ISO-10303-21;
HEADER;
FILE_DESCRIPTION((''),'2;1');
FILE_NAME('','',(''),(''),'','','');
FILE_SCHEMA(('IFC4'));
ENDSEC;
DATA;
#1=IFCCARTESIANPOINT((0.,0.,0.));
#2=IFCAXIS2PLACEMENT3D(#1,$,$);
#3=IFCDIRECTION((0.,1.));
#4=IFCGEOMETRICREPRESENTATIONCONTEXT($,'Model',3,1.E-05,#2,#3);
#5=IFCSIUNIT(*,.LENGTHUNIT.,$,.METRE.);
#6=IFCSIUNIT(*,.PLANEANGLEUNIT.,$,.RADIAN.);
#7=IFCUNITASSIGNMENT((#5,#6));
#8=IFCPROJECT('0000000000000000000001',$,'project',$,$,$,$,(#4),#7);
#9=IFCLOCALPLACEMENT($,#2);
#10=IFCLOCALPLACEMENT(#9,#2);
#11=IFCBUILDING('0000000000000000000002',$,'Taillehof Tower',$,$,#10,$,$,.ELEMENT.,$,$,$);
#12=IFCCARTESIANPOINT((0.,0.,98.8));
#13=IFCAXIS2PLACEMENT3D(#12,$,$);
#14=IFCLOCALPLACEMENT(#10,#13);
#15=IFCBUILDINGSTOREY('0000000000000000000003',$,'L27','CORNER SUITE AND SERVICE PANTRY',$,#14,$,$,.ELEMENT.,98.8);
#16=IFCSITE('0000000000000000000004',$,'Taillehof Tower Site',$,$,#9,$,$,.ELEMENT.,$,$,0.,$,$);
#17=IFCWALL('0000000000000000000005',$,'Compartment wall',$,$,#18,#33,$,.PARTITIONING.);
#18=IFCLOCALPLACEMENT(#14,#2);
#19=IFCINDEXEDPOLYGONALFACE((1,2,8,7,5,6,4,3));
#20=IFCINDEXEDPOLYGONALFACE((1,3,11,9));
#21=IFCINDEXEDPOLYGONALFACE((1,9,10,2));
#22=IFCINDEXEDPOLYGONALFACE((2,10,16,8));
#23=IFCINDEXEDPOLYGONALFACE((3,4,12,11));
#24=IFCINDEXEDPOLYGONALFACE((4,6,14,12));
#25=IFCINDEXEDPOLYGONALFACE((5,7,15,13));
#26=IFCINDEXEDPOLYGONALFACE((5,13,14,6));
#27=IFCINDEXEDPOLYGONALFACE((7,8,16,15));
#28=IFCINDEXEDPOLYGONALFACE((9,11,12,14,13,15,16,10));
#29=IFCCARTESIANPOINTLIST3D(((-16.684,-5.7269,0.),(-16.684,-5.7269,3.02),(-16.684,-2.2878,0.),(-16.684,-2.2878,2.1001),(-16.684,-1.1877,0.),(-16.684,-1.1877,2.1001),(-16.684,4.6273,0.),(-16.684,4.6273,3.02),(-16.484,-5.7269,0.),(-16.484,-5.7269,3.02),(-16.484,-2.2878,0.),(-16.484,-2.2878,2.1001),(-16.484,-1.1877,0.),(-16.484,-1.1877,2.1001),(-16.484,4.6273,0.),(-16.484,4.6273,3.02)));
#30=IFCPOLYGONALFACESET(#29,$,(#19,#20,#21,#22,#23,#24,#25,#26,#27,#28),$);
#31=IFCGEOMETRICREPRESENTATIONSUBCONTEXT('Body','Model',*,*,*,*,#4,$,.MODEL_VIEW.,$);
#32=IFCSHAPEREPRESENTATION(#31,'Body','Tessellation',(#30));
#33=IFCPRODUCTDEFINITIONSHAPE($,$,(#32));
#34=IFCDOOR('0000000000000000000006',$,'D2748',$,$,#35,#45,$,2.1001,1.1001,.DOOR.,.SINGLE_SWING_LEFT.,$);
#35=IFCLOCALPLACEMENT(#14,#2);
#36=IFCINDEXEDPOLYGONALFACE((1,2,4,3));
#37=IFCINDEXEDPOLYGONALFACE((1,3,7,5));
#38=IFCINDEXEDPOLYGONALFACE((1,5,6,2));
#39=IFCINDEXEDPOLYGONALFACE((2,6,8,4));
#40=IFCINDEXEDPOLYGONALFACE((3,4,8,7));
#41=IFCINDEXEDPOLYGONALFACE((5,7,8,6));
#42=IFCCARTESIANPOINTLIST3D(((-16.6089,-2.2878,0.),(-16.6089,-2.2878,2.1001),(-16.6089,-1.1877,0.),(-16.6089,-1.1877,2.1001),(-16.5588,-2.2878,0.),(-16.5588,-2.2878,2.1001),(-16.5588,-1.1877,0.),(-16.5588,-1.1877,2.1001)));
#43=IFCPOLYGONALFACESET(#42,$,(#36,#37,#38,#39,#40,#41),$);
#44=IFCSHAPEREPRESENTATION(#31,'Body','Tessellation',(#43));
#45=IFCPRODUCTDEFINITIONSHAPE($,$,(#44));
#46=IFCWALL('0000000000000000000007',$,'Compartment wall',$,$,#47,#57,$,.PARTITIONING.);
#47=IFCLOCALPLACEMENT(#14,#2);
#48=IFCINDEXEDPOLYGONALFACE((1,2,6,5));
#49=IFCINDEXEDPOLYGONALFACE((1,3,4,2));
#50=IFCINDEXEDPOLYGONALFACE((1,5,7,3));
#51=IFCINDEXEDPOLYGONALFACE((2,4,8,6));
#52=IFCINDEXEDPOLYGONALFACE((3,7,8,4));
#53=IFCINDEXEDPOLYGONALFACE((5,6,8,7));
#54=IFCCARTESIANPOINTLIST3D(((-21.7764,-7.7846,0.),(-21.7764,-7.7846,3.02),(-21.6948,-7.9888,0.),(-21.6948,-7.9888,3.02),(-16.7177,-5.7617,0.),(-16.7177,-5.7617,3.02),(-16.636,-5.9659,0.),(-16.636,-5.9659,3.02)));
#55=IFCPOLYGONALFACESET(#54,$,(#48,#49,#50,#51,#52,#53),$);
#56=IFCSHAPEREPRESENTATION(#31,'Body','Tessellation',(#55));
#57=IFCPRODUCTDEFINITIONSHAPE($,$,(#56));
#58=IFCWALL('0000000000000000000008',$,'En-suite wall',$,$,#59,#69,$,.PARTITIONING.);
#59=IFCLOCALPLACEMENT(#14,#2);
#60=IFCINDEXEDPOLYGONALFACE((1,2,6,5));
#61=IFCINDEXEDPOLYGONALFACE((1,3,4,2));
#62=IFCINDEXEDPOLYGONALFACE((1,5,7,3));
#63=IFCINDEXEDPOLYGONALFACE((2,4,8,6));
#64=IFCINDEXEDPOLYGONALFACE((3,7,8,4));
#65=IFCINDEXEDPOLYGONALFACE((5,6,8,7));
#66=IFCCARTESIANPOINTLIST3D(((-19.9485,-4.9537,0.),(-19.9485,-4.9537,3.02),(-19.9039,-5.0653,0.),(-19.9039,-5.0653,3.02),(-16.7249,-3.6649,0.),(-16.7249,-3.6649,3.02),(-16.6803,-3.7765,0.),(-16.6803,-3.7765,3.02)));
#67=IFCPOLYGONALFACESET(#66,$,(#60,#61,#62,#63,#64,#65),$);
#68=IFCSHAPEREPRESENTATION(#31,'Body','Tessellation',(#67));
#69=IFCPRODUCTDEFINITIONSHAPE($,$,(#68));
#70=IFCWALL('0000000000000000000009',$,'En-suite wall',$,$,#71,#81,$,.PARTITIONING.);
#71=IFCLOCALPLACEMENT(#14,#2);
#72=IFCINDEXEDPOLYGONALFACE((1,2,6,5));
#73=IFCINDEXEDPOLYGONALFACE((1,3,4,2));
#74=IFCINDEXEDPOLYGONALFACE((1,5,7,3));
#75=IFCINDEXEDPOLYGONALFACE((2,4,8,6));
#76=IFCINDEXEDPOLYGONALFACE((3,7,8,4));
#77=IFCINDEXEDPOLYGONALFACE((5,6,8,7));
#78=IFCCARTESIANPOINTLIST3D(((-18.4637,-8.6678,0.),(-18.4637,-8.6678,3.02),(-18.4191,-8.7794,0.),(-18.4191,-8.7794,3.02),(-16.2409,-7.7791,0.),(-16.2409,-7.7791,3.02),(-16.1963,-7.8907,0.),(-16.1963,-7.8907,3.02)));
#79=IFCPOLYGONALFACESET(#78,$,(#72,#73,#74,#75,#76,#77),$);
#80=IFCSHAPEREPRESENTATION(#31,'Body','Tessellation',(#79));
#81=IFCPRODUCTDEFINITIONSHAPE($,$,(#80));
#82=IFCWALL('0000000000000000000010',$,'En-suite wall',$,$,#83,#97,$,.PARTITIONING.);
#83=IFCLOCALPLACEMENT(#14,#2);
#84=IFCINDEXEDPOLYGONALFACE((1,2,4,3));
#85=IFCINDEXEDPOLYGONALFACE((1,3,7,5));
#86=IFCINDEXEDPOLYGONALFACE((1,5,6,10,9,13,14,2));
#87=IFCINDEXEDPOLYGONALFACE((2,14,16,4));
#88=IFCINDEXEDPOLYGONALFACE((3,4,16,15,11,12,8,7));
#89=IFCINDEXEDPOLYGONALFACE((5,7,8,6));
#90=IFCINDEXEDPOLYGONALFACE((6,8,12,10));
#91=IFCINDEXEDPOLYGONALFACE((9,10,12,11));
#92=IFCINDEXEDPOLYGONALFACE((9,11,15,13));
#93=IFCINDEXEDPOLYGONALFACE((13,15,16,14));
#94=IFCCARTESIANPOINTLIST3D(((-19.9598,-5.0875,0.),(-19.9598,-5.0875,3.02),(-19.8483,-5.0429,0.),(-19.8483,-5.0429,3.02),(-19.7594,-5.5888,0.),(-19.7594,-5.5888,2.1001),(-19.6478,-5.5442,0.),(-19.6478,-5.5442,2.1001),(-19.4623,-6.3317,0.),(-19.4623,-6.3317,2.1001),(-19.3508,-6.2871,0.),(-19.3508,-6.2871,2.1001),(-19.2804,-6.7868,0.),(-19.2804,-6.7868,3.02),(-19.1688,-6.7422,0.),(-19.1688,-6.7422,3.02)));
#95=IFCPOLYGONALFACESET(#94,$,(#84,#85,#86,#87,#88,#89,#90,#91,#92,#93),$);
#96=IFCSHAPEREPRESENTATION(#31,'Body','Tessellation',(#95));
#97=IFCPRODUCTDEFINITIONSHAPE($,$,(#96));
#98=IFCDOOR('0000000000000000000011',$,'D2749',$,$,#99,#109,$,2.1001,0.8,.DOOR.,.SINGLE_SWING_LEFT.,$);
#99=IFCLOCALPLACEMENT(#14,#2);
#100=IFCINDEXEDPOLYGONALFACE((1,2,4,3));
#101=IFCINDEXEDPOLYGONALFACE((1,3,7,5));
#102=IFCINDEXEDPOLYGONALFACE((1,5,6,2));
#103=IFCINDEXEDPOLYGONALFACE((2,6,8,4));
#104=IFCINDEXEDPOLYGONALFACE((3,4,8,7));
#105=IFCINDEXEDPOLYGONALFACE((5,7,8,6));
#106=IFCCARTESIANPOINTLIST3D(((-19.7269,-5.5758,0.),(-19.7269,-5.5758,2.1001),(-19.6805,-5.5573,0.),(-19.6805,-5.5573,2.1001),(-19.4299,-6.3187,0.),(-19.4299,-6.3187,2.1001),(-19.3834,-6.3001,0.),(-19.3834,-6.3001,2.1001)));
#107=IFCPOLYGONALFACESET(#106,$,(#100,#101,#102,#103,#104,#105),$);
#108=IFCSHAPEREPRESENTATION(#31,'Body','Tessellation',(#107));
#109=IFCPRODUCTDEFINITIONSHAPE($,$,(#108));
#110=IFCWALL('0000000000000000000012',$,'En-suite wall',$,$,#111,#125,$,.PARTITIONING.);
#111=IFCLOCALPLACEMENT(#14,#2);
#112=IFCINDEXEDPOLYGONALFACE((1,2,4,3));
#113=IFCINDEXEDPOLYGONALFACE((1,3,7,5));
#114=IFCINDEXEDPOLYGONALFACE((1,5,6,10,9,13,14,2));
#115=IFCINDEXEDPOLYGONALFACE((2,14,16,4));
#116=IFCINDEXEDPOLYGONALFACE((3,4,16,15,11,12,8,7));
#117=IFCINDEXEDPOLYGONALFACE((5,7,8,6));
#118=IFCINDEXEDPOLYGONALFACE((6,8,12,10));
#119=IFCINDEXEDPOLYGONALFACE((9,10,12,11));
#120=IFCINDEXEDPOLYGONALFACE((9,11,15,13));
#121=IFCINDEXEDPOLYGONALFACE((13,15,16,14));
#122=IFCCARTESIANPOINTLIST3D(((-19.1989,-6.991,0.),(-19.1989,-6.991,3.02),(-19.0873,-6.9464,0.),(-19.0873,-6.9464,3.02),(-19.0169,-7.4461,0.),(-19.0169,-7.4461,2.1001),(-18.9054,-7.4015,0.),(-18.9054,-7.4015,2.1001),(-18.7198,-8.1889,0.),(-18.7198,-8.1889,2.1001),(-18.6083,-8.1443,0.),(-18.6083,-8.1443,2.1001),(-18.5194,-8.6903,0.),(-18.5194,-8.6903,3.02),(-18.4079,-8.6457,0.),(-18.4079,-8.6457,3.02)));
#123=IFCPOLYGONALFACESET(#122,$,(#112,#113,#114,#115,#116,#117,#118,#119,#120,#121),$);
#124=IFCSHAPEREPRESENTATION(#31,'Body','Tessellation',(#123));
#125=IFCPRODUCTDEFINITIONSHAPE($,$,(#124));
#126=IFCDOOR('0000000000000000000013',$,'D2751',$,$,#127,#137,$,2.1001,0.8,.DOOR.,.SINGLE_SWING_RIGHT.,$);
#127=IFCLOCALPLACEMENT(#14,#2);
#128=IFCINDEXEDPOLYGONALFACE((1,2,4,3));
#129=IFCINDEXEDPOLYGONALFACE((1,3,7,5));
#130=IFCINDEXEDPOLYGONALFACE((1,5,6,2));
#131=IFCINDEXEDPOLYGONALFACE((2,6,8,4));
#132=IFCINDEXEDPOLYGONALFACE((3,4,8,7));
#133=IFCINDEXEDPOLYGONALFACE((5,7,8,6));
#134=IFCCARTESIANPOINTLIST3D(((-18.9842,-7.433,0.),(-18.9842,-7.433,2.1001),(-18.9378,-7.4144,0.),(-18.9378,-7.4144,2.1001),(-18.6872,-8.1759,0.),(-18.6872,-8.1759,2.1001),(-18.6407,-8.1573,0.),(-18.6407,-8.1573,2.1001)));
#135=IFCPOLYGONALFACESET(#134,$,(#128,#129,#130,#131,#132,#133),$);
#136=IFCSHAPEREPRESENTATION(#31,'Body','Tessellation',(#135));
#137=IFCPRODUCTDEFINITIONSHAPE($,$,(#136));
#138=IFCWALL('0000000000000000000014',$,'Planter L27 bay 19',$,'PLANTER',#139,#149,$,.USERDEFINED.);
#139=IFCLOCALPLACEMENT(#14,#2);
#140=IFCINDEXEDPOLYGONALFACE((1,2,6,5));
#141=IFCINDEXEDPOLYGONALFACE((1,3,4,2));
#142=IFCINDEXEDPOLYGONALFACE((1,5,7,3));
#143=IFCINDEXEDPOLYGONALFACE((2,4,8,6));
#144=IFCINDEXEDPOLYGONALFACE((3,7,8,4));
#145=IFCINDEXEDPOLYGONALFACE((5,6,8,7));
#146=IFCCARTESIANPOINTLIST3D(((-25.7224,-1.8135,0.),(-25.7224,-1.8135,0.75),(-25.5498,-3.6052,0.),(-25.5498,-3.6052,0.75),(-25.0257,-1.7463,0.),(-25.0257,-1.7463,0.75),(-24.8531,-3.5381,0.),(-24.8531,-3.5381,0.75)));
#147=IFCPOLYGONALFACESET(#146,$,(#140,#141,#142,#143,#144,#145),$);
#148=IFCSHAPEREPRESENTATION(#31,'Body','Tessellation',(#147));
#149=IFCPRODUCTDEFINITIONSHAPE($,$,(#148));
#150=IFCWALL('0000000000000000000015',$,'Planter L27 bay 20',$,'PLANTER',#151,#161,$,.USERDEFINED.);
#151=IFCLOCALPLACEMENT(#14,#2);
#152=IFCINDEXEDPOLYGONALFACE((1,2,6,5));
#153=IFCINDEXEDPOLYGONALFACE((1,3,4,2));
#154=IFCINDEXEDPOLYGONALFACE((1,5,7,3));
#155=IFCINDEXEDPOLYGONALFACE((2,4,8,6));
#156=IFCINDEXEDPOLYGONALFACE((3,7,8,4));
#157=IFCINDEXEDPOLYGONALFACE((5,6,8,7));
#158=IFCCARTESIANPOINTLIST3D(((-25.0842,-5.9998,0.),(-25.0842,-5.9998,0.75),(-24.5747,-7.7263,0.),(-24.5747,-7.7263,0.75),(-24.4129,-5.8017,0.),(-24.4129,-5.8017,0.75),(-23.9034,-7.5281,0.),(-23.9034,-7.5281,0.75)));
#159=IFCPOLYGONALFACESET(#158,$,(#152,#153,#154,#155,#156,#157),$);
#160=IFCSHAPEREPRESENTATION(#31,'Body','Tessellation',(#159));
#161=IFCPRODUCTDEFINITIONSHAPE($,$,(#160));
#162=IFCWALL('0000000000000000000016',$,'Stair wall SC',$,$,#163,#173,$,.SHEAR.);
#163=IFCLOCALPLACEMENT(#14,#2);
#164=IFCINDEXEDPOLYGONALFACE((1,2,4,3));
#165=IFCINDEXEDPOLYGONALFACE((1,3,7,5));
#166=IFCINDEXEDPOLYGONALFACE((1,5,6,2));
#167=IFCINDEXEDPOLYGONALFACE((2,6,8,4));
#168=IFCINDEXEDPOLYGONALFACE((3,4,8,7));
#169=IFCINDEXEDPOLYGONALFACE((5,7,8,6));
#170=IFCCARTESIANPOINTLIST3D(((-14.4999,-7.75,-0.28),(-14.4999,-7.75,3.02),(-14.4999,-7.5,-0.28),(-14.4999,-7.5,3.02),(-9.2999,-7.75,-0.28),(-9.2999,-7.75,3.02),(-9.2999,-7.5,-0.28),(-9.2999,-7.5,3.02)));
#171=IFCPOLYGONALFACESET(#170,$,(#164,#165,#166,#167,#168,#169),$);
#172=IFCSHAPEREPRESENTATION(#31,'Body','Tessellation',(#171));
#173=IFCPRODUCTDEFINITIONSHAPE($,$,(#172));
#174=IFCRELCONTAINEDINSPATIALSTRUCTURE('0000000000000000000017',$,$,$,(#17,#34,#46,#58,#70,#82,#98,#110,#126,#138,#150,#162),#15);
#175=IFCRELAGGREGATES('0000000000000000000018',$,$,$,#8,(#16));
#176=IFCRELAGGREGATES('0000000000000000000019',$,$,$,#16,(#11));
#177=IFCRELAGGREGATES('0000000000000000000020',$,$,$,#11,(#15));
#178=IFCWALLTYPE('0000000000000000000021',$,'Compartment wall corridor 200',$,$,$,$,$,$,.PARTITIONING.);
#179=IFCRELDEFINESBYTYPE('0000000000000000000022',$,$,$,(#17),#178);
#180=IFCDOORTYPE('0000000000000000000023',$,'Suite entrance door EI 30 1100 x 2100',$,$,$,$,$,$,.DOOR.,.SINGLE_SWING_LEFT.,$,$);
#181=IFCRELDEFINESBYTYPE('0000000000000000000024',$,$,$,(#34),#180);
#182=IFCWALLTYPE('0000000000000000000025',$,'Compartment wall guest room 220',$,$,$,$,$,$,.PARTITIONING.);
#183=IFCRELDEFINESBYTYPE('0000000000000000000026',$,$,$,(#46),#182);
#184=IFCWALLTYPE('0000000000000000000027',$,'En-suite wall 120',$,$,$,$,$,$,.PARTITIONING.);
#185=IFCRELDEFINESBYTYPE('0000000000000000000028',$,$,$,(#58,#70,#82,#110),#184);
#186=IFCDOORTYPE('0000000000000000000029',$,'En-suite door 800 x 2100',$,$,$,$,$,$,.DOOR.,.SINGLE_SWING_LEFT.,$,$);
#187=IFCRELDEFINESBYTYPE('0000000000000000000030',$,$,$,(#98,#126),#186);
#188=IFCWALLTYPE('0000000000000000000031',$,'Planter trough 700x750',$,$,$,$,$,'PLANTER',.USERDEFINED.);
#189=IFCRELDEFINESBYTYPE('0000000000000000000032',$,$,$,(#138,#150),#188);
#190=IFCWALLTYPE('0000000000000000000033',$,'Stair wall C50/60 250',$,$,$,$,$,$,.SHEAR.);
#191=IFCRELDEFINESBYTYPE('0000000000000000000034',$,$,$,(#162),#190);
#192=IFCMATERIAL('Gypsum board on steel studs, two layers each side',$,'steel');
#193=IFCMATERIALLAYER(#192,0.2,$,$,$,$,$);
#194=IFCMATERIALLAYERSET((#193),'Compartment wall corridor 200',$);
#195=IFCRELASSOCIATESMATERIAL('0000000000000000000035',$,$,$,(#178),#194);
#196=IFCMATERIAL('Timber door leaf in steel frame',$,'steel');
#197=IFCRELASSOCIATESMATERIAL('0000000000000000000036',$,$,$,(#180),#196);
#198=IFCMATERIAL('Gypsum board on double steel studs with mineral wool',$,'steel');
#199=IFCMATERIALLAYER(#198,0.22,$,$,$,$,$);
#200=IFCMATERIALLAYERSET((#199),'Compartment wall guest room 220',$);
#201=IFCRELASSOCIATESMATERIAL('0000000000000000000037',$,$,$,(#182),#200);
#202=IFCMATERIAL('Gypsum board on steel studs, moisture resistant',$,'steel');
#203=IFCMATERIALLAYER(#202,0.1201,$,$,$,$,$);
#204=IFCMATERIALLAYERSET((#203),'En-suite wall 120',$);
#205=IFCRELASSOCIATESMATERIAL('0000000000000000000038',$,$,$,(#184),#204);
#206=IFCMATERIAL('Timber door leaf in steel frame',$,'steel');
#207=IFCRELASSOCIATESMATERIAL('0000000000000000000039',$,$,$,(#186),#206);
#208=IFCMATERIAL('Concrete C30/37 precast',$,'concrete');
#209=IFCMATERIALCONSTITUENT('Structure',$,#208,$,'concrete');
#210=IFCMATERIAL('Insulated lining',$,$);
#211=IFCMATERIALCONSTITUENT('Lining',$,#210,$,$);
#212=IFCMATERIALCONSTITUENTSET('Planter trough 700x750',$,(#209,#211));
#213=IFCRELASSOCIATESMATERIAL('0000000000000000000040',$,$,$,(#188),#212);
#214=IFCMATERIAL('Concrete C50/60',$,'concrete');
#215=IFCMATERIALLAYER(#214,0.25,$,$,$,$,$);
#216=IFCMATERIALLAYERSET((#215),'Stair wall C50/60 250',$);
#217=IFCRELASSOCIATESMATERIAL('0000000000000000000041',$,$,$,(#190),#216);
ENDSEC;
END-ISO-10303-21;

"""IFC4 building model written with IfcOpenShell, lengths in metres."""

from ifc_helpers import new_model, si_unit, direction, frame, frame_2d, origin, place, context, subcontext, project, spatial, rectangle, extrude, material, layer, layer_set, constituent, constituent_set, type_object, element, fill, save


model = new_model("IFC4")

# Units and contexts
model_context = context("Model", 3, precision=1e-05, world=origin(), true_north=direction((0.0, 1.0)))
body_context = subcontext(model_context, "Body", "Model", "MODEL_VIEW")
ifc_project = project(units=[si_unit("LENGTHUNIT", "METRE"), si_unit("PLANEANGLEUNIT", "RADIAN")], contexts=[model_context])

# Site, building, storey
site_placement = place(None, origin())
site = spatial("IfcSite", under=ifc_project, at=site_placement, Name="Taillehof Tower Site", CompositionType="ELEMENT", RefElevation=0.0)
building_placement = place(site_placement, origin())
building = spatial("IfcBuilding", under=site, at=building_placement, Name="Taillehof Tower", CompositionType="ELEMENT")
storey_placement = place(building_placement, frame((0.0, 0.0, 98.8)))
storey = spatial("IfcBuildingStorey", under=building, at=storey_placement, Name="L27", Description="CORNER SUITE AND SERVICE PANTRY", CompositionType="ELEMENT", Elevation=98.8)

# Shared definitions
ifc_material_1 = material(Name="Gypsum board on steel studs, two layers each side", Category="steel")
ifc_layer_1 = layer(ifc_material_1, 0.2)
ifc_layer_set_1 = layer_set([ifc_layer_1], Name="Compartment wall corridor 200")
wall_type_1 = type_object("IfcWallType", Name="Compartment wall corridor 200", PredefinedType="PARTITIONING", material=ifc_layer_set_1)

# Wall, opening, door
wall_1_placement = place(storey_placement, frame((-16.584, -5.7271, 0.0), z_axis=(0.0, 0.0, 1.0), x_axis=(0.0, 1.0, 0.0)))
wall_1 = element("IfcWall", 1, at=wall_1_placement, inside=storey, type_object=wall_type_1, Name="Compartment wall", PredefinedType="PARTITIONING", context=body_context, shape_type="SweptSolid", body=[
    extrude(rectangle(XDim=10.3542, YDim=0.2, at=frame_2d((5.1772, 0.0))), origin(), (0.0, 0.0, 1.0), 3.02),
])
opening_1_placement = place(wall_1_placement, frame((3.4392, 0.0, 0.0)))
opening_1 = element("IfcOpeningElement", 2, at=opening_1_placement, cuts=wall_1, PredefinedType="OPENING", context=body_context, shape_type="SweptSolid", body=[
    extrude(rectangle(XDim=1.1001, YDim=2.1001, at=frame_2d((0.55, 1.05))), frame((0.0, 0.1099, 0.0), z_axis=(0.0, -1.0, 0.0), x_axis=(1.0, 0.0, 0.0)), (0.0, 0.0, 1.0), 0.22),
])
ifc_material_2 = material(Name="Timber door leaf in steel frame", Category="steel")
door_type_1 = type_object("IfcDoorType", Name="Suite entrance door EI 30 1100 x 2100", OperationType="SINGLE_SWING_LEFT", PredefinedType="DOOR", material=ifc_material_2)
door_1_placement = place(opening_1_placement, origin())
door_1 = element("IfcDoor", 3, at=door_1_placement, inside=storey, type_object=door_type_1, Name="D2748", OperationType="SINGLE_SWING_LEFT", OverallHeight=2.1001, OverallWidth=1.1001, PredefinedType="DOOR", context=body_context, shape_type="SweptSolid", body=[
    extrude(rectangle(XDim=1.1001, YDim=2.1001, at=frame_2d((0.55, 1.05))), frame((0.0, 0.0249, 0.0), z_axis=(0.0, -1.0, 0.0), x_axis=(1.0, 0.0, 0.0)), (0.0, 0.0, 1.0), 0.05),
])
fill(opening_1, door_1)

# Walls
ifc_material_3 = material(Name="Gypsum board on double steel studs with mineral wool", Category="steel")
ifc_layer_2 = layer(ifc_material_3, 0.22)
ifc_layer_set_2 = layer_set([ifc_layer_2], Name="Compartment wall guest room 220")
wall_type_2 = type_object("IfcWallType", Name="Compartment wall guest room 220", PredefinedType="PARTITIONING", material=ifc_layer_set_2)
wall_2_placement = place(storey_placement, frame((-21.7356, -7.8867, 0.0), z_axis=(0.0, 0.0, 1.0), x_axis=(0.928514, 0.371298, 0.0)))
element("IfcWall", 4, at=wall_2_placement, inside=storey, type_object=wall_type_2, Name="Compartment wall", PredefinedType="PARTITIONING", context=body_context, shape_type="SweptSolid", body=[
    extrude(rectangle(XDim=5.4482, YDim=0.22, at=frame_2d((2.7241, 0.0))), origin(), (0.0, 0.0, 1.0), 3.02),
])
ifc_material_4 = material(Name="Gypsum board on steel studs, moisture resistant", Category="steel")
ifc_layer_3 = layer(ifc_material_4, 0.1201)
ifc_layer_set_3 = layer_set([ifc_layer_3], Name="En-suite wall 120")
wall_type_3 = type_object("IfcWallType", Name="En-suite wall 120", PredefinedType="PARTITIONING", material=ifc_layer_set_3)
wall_3_placement = place(storey_placement, frame((-16.7026, -3.7207, 0.0), z_axis=(0.0, 0.0, 1.0), x_axis=(-0.92854, -0.371233, 0.0)))
element("IfcWall", 5, at=wall_3_placement, inside=storey, type_object=wall_type_3, Name="En-suite wall", PredefinedType="PARTITIONING", context=body_context, shape_type="SweptSolid", body=[
    extrude(rectangle(XDim=3.4717, YDim=0.1201, at=frame_2d((1.7358, 0.0))), origin(), (0.0, 0.0, 1.0), 3.02),
])
wall_4_placement = place(storey_placement, frame((-16.2188, -7.835, 0.0), z_axis=(0.0, 0.0, 1.0), x_axis=(-0.928533, -0.37125, 0.0)))
element("IfcWall", 6, at=wall_4_placement, inside=storey, type_object=wall_type_3, Name="En-suite wall", PredefinedType="PARTITIONING", context=body_context, shape_type="SweptSolid", body=[
    extrude(rectangle(XDim=2.3938, YDim=0.1201, at=frame_2d((1.1968, 0.0))), origin(), (0.0, 0.0, 1.0), 3.02),
])

# Walls, openings, doors
wall_5_placement = place(storey_placement, frame((-19.9041, -5.0652, 0.0), z_axis=(0.0, 0.0, 1.0), x_axis=(0.371276, -0.928523, 0.0)))
wall_5 = element("IfcWall", 7, at=wall_5_placement, inside=storey, type_object=wall_type_3, Name="En-suite wall", PredefinedType="PARTITIONING", context=body_context, shape_type="SweptSolid", body=[
    extrude(rectangle(XDim=1.8301, YDim=0.1201, at=frame_2d((0.915, 0.0))), origin(), (0.0, 0.0, 1.0), 3.02),
])
opening_2_placement = place(wall_5_placement, frame((0.54, 0.0, 0.0)))
opening_2 = element("IfcOpeningElement", 8, at=opening_2_placement, cuts=wall_5, PredefinedType="OPENING", context=body_context, shape_type="SweptSolid", body=[
    extrude(rectangle(XDim=0.8, YDim=2.1001, at=frame_2d((0.3999, 1.05))), frame((0.0, 0.0701, 0.0), z_axis=(0.0, -1.0, 0.0), x_axis=(1.0, 0.0, 0.0)), (0.0, 0.0, 1.0), 0.1401),
])
ifc_material_5 = material(Name="Timber door leaf in steel frame", Category="steel")
door_type_2 = type_object("IfcDoorType", Name="En-suite door 800 x 2100", OperationType="SINGLE_SWING_LEFT", PredefinedType="DOOR", material=ifc_material_5)
door_2_placement = place(opening_2_placement, origin())
door_2 = element("IfcDoor", 9, at=door_2_placement, inside=storey, type_object=door_type_2, Name="D2749", OperationType="SINGLE_SWING_LEFT", OverallHeight=2.1001, OverallWidth=0.8, PredefinedType="DOOR", context=body_context, shape_type="SweptSolid", body=[
    extrude(rectangle(XDim=0.8, YDim=2.1001, at=frame_2d((0.3999, 1.05))), frame((0.0, 0.0249, 0.0), z_axis=(0.0, -1.0, 0.0), x_axis=(1.0, 0.0, 0.0)), (0.0, 0.0, 1.0), 0.05),
])
fill(opening_2, door_2)
wall_6_placement = place(storey_placement, frame((-18.4636, -8.668, 0.0), z_axis=(0.0, 0.0, 1.0), x_axis=(-0.371276, 0.928523, 0.0)))
wall_6 = element("IfcWall", 10, at=wall_6_placement, inside=storey, type_object=wall_type_3, Name="En-suite wall", PredefinedType="PARTITIONING", context=body_context, shape_type="SweptSolid", body=[
    extrude(rectangle(XDim=1.8301, YDim=0.1201, at=frame_2d((0.915, 0.0))), origin(), (0.0, 0.0, 1.0), 3.02),
])
opening_3_placement = place(wall_6_placement, frame((0.54, 0.0, 0.0)))
opening_3 = element("IfcOpeningElement", 11, at=opening_3_placement, cuts=wall_6, PredefinedType="OPENING", context=body_context, shape_type="SweptSolid", body=[
    extrude(rectangle(XDim=0.8, YDim=2.1001, at=frame_2d((0.3999, 1.05))), frame((0.0, 0.0701, 0.0), z_axis=(0.0, -1.0, 0.0), x_axis=(1.0, 0.0, 0.0)), (0.0, 0.0, 1.0), 0.1401),
])
door_3_placement = place(opening_3_placement, origin())
door_3 = element("IfcDoor", 12, at=door_3_placement, inside=storey, type_object=door_type_2, Name="D2751", OperationType="SINGLE_SWING_RIGHT", OverallHeight=2.1001, OverallWidth=0.8, PredefinedType="DOOR", context=body_context, shape_type="SweptSolid", body=[
    extrude(rectangle(XDim=0.8, YDim=2.1001, at=frame_2d((0.3999, 1.05))), frame((0.0, 0.0249, 0.0), z_axis=(0.0, -1.0, 0.0), x_axis=(1.0, 0.0, 0.0)), (0.0, 0.0, 1.0), 0.05),
])
fill(opening_3, door_3)

# Walls
ifc_material_6 = material(Name="Concrete C30/37 precast", Category="concrete")
ifc_constituent_1 = constituent(ifc_material_6, Name="Structure", Category="concrete")
ifc_material_7 = material(Name="Insulated lining")
ifc_constituent_2 = constituent(ifc_material_7, Name="Lining")
ifc_constituent_set = constituent_set(constituents=[ifc_constituent_1, ifc_constituent_2], Name="Planter trough 700x750")
wall_type_4 = type_object("IfcWallType", Name="Planter trough 700x750", ElementType="PLANTER", PredefinedType="USERDEFINED", material=ifc_constituent_set)
for number, where, z_axis, x_axis, name in (
    (13, (-25.374, -1.78, 0.0), (0.0, 0.0, 1.0), (0.095891, -0.995392, 0.0), "Planter L27 bay 19"),
    (14, (-24.7485, -5.9009, 0.0), (0.0, 0.0, 1.0), (0.283077, -0.959097, 0.0), "Planter L27 bay 20"),
):
    element("IfcWall", number, at=place(storey_placement, frame(where, z_axis=z_axis, x_axis=x_axis)), inside=storey, type_object=wall_type_4, Name=name, ObjectType="PLANTER", PredefinedType="USERDEFINED", context=body_context, shape_type="SweptSolid", body=[
        extrude(rectangle(XDim=1.8, YDim=0.7, at=frame_2d((0.8999, 0.0))), origin(), (0.0, 0.0, 1.0), 0.75),
    ])
ifc_material_8 = material(Name="Concrete C50/60", Category="concrete")
ifc_layer_4 = layer(ifc_material_8, 0.25)
ifc_layer_set_4 = layer_set([ifc_layer_4], Name="Stair wall C50/60 250")
wall_type_5 = type_object("IfcWallType", Name="Stair wall C50/60 250", PredefinedType="SHEAR", material=ifc_layer_set_4)
wall_7_placement = place(storey_placement, frame((-14.5, -7.625, -0.28), z_axis=(0.0, 0.0, 1.0), x_axis=(1.0, 0.0, 0.0)))
element("IfcWall", 15, at=wall_7_placement, inside=storey, type_object=wall_type_5, Name="Stair wall SC", PredefinedType="SHEAR", context=body_context, shape_type="SweptSolid", body=[
    extrude(rectangle(XDim=5.2, YDim=0.25, at=frame_2d((2.6001, 0.0))), origin(), (0.0, 0.0, 1.0), 3.3),
])

save(model, "model.ifc")
